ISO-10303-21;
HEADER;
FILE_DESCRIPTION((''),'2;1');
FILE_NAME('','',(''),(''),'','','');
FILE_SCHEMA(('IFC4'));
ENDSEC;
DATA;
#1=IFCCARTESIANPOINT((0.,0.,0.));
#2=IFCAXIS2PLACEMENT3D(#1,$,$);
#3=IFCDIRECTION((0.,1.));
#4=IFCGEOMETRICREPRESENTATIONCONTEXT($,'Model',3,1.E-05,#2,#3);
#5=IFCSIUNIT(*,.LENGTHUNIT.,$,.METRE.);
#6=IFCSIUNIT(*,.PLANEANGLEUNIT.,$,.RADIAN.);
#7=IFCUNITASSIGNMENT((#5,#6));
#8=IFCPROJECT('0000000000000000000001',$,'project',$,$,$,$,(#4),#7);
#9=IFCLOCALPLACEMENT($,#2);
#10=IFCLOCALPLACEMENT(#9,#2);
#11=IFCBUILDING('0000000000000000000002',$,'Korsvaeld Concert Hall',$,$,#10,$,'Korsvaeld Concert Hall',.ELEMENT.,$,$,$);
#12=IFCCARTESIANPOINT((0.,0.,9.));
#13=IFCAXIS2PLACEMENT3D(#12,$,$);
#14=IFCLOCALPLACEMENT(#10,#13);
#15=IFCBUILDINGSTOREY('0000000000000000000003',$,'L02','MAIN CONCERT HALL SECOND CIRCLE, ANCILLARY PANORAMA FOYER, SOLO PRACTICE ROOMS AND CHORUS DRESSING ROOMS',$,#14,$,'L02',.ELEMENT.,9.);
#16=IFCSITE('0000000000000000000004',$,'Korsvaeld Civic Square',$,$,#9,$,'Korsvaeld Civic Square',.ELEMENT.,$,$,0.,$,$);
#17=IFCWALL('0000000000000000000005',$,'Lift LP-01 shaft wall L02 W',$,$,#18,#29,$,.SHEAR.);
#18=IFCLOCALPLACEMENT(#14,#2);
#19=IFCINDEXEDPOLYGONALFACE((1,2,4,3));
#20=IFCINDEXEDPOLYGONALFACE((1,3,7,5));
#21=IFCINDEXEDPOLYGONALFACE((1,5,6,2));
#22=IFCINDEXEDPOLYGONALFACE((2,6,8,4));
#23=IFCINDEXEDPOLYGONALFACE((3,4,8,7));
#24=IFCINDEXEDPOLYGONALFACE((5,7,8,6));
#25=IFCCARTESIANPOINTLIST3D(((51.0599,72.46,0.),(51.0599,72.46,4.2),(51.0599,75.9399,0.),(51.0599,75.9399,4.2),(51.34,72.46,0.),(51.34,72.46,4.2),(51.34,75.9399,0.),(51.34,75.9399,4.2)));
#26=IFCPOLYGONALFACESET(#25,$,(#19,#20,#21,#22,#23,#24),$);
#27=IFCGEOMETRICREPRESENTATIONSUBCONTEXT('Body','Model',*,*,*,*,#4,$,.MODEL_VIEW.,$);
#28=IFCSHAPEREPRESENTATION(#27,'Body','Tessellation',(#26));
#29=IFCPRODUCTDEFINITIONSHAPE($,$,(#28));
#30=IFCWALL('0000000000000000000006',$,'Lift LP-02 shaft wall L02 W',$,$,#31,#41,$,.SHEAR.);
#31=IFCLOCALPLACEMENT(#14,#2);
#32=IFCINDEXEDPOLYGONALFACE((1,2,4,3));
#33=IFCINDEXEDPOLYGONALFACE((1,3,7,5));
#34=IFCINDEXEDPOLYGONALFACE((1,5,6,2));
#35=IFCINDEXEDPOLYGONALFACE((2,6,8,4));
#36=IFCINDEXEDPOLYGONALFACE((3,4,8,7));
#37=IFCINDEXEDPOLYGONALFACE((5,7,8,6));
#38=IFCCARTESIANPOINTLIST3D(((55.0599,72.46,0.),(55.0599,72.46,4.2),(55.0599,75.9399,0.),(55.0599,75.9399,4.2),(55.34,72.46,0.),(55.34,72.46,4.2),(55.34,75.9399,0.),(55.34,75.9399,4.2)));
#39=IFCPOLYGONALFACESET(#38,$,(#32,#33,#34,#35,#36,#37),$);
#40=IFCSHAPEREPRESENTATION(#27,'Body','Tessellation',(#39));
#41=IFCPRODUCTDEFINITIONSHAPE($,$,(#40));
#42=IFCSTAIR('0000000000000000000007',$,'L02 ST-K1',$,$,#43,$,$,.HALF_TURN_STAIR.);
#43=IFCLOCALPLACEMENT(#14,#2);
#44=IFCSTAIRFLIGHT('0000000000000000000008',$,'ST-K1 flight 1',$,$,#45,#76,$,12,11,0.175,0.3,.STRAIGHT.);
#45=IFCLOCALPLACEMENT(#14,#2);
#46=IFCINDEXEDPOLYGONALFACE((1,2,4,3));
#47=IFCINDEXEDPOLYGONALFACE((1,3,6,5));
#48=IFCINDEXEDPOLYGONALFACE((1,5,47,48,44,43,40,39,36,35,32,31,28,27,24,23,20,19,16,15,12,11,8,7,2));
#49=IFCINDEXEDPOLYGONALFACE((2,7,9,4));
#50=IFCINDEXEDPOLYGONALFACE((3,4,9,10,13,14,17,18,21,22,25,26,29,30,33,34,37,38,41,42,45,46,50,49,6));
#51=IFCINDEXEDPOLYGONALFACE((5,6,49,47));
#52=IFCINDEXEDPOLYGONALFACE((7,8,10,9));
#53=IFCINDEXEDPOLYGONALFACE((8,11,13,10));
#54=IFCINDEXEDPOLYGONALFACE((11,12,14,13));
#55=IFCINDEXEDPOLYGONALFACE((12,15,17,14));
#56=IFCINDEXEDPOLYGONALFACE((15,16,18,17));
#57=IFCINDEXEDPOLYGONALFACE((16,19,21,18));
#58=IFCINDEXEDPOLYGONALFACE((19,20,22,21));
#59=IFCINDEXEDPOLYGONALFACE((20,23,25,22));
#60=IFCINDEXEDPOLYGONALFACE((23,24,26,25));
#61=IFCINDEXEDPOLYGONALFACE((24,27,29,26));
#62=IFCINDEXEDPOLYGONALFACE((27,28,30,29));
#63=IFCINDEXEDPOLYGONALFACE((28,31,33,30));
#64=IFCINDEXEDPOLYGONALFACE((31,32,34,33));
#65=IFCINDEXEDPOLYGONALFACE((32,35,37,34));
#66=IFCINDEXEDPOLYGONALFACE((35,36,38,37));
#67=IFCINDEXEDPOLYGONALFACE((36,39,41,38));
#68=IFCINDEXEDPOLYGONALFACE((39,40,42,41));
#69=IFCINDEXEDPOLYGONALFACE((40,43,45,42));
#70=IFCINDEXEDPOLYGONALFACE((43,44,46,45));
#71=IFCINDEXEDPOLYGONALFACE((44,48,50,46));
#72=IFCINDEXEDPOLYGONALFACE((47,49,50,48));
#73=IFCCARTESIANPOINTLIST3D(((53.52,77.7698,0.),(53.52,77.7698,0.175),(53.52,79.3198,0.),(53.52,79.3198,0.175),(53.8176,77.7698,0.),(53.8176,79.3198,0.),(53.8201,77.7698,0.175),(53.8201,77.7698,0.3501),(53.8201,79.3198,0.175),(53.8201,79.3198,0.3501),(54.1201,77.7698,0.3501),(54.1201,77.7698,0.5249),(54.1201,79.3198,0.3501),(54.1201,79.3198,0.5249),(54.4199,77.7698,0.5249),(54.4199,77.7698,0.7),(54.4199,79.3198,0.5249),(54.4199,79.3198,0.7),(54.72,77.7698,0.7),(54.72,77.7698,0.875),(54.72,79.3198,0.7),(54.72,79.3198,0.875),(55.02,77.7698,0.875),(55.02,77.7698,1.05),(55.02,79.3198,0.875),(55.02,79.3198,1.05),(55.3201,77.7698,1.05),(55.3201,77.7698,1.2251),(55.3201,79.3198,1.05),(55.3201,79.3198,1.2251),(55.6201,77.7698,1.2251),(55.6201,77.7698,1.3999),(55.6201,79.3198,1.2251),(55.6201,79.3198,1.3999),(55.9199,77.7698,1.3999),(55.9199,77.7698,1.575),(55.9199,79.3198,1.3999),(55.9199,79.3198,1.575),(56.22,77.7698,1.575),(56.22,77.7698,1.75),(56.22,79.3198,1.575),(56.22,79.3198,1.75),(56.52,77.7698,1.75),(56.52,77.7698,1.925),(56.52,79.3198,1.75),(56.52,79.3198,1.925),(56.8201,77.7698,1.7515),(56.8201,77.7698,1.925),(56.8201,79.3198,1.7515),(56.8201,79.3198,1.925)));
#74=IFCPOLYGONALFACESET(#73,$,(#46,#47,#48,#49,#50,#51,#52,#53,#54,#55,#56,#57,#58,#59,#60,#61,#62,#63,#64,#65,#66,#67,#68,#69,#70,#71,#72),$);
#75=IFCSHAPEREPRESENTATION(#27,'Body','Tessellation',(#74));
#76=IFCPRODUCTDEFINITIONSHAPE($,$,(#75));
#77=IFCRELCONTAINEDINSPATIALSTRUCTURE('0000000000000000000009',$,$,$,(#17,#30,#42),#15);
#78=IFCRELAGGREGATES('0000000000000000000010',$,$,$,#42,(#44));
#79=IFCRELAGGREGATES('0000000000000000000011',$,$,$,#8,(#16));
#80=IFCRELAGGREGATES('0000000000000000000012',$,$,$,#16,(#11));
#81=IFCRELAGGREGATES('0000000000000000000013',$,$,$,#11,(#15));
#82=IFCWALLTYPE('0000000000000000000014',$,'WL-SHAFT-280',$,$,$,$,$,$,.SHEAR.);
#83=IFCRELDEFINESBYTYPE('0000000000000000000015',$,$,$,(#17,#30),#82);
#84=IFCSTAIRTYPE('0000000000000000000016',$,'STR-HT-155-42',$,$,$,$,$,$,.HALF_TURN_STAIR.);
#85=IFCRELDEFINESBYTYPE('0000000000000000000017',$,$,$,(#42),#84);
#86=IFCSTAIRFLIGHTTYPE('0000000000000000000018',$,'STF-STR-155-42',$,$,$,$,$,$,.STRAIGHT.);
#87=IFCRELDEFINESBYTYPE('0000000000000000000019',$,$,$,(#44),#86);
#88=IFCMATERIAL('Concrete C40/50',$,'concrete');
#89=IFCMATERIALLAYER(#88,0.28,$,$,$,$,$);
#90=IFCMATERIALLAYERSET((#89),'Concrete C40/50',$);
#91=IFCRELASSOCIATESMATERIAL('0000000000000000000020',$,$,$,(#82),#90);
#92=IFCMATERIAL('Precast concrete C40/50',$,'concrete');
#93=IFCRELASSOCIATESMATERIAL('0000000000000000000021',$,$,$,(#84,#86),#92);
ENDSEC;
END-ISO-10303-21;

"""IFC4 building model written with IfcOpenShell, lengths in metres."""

from ifc_helpers import new_model, si_unit, direction, frame, frame_2d, origin, place, context, subcontext, project, spatial, polyline, rectangle, outline, extrude, material, layer, layer_set, type_object, element, aggregate, save


model = new_model("IFC4")

# Units and contexts
model_context = context("Model", 3, precision=1e-05, world=origin(), true_north=direction((0.0, 1.0)))
body_context = subcontext(model_context, "Body", "Model", "MODEL_VIEW")
ifc_project = project(units=[si_unit("LENGTHUNIT", "METRE"), si_unit("PLANEANGLEUNIT", "RADIAN")], contexts=[model_context])

# Site, building, storey
site_placement = place(None, origin())
site = spatial("IfcSite", under=ifc_project, at=site_placement, Name="Korsvaeld Civic Square", LongName="Korsvaeld Civic Square", CompositionType="ELEMENT", RefElevation=0.0)
building_placement = place(site_placement, origin())
building = spatial("IfcBuilding", under=site, at=building_placement, Name="Korsvaeld Concert Hall", LongName="Korsvaeld Concert Hall", CompositionType="ELEMENT")
storey_placement = place(building_placement, frame((0.0, 0.0, 9.0)))
storey = spatial("IfcBuildingStorey", under=building, at=storey_placement, Name="L02", Description="MAIN CONCERT HALL SECOND CIRCLE, ANCILLARY PANORAMA FOYER, SOLO PRACTICE ROOMS AND CHORUS DRESSING ROOMS", LongName="L02", CompositionType="ELEMENT", Elevation=9.0)

# Shared definitions
ifc_material_1 = material(Name="Concrete C40/50", Category="concrete")

# Shared definitions
ifc_layer_1 = layer(ifc_material_1, 0.28)
ifc_layer_set_1 = layer_set([ifc_layer_1], Name="Concrete C40/50")
wall_type_1 = type_object("IfcWallType", Name="WL-SHAFT-280", PredefinedType="SHEAR", material=ifc_layer_set_1)

# Wall
wall_1_placement = place(storey_placement, frame((51.2, 75.9399, 0.0), z_axis=(0.0, 0.0, 1.0), x_axis=(0.0, -1.0, 0.0)))
element("IfcWall", 1, at=wall_1_placement, inside=storey, type_object=wall_type_1, Name="Lift LP-01 shaft wall L02 W", PredefinedType="SHEAR", context=body_context, shape_type="SweptSolid", body=[
    extrude(rectangle(XDim=3.48, YDim=0.28, at=frame_2d((1.74, 0.0))), origin(), (0.0, 0.0, 1.0), 4.2),
])

# Wall
wall_2_placement = place(storey_placement, frame((55.2, 75.9399, 0.0), z_axis=(0.0, 0.0, 1.0), x_axis=(0.0, -1.0, 0.0)))
element("IfcWall", 2, at=wall_2_placement, inside=storey, type_object=wall_type_1, Name="Lift LP-02 shaft wall L02 W", PredefinedType="SHEAR", context=body_context, shape_type="SweptSolid", body=[
    extrude(rectangle(XDim=3.48, YDim=0.28, at=frame_2d((1.74, 0.0))), origin(), (0.0, 0.0, 1.0), 4.2),
])

# Stair, stair flight
ifc_material_2 = material(Name="Precast concrete C40/50", Category="concrete")
stair_type = type_object("IfcStairType", Name="STR-HT-155-42", PredefinedType="HALF_TURN_STAIR", material=ifc_material_2)
stair_placement = place(storey_placement, origin())
stair = element("IfcStair", 3, at=stair_placement, inside=storey, type_object=stair_type, Name="L02 ST-K1", PredefinedType="HALF_TURN_STAIR")
stair_flight_type = type_object("IfcStairFlightType", Name="STF-STR-155-42", PredefinedType="STRAIGHT", material=ifc_material_2)
stair_flight_placement = place(storey_placement, frame((53.52, 78.5449, 0.0), z_axis=(0.0, 0.0, 1.0), x_axis=(1.0, 0.0, 0.0)))
stair_flight = element("IfcStairFlight", 4, at=stair_flight_placement, type_object=stair_flight_type, Name="ST-K1 flight 1", NumberOfRisers=12, NumberOfTreads=11, PredefinedType="STRAIGHT", RiserHeight=0.175, TreadLength=0.3, context=body_context, shape_type="SweptSolid", body=[
    extrude(outline(polyline([(0.0, 0.0), (0.0, 0.175), (0.3, 0.175), (0.3, 0.3501), (0.6001, 0.3501), (0.6001, 0.5249), (0.8999, 0.5249), (0.8999, 0.7), (1.2, 0.7), (1.2, 0.875), (1.5, 0.875), (1.5, 1.05), (1.8, 1.05), (1.8, 1.2251), (2.1001, 1.2251), (2.1001, 1.3999), (2.3999, 1.3999), (2.3999, 1.575), (2.7, 1.575), (2.7, 1.75), (3.0, 1.75), (3.0, 1.925), (3.3, 1.925), (3.3, 2.1001), (3.3, 1.7515), (0.2976, 0.0), (0.0, 0.0)])), frame((0.0, 0.7749, 0.0), z_axis=(0.0, -1.0, 0.0), x_axis=(1.0, 0.0, 0.0)), (0.0, 0.0, 1.0), 1.55),
])
aggregate(stair, [stair_flight])

save(model, "model.ifc")
